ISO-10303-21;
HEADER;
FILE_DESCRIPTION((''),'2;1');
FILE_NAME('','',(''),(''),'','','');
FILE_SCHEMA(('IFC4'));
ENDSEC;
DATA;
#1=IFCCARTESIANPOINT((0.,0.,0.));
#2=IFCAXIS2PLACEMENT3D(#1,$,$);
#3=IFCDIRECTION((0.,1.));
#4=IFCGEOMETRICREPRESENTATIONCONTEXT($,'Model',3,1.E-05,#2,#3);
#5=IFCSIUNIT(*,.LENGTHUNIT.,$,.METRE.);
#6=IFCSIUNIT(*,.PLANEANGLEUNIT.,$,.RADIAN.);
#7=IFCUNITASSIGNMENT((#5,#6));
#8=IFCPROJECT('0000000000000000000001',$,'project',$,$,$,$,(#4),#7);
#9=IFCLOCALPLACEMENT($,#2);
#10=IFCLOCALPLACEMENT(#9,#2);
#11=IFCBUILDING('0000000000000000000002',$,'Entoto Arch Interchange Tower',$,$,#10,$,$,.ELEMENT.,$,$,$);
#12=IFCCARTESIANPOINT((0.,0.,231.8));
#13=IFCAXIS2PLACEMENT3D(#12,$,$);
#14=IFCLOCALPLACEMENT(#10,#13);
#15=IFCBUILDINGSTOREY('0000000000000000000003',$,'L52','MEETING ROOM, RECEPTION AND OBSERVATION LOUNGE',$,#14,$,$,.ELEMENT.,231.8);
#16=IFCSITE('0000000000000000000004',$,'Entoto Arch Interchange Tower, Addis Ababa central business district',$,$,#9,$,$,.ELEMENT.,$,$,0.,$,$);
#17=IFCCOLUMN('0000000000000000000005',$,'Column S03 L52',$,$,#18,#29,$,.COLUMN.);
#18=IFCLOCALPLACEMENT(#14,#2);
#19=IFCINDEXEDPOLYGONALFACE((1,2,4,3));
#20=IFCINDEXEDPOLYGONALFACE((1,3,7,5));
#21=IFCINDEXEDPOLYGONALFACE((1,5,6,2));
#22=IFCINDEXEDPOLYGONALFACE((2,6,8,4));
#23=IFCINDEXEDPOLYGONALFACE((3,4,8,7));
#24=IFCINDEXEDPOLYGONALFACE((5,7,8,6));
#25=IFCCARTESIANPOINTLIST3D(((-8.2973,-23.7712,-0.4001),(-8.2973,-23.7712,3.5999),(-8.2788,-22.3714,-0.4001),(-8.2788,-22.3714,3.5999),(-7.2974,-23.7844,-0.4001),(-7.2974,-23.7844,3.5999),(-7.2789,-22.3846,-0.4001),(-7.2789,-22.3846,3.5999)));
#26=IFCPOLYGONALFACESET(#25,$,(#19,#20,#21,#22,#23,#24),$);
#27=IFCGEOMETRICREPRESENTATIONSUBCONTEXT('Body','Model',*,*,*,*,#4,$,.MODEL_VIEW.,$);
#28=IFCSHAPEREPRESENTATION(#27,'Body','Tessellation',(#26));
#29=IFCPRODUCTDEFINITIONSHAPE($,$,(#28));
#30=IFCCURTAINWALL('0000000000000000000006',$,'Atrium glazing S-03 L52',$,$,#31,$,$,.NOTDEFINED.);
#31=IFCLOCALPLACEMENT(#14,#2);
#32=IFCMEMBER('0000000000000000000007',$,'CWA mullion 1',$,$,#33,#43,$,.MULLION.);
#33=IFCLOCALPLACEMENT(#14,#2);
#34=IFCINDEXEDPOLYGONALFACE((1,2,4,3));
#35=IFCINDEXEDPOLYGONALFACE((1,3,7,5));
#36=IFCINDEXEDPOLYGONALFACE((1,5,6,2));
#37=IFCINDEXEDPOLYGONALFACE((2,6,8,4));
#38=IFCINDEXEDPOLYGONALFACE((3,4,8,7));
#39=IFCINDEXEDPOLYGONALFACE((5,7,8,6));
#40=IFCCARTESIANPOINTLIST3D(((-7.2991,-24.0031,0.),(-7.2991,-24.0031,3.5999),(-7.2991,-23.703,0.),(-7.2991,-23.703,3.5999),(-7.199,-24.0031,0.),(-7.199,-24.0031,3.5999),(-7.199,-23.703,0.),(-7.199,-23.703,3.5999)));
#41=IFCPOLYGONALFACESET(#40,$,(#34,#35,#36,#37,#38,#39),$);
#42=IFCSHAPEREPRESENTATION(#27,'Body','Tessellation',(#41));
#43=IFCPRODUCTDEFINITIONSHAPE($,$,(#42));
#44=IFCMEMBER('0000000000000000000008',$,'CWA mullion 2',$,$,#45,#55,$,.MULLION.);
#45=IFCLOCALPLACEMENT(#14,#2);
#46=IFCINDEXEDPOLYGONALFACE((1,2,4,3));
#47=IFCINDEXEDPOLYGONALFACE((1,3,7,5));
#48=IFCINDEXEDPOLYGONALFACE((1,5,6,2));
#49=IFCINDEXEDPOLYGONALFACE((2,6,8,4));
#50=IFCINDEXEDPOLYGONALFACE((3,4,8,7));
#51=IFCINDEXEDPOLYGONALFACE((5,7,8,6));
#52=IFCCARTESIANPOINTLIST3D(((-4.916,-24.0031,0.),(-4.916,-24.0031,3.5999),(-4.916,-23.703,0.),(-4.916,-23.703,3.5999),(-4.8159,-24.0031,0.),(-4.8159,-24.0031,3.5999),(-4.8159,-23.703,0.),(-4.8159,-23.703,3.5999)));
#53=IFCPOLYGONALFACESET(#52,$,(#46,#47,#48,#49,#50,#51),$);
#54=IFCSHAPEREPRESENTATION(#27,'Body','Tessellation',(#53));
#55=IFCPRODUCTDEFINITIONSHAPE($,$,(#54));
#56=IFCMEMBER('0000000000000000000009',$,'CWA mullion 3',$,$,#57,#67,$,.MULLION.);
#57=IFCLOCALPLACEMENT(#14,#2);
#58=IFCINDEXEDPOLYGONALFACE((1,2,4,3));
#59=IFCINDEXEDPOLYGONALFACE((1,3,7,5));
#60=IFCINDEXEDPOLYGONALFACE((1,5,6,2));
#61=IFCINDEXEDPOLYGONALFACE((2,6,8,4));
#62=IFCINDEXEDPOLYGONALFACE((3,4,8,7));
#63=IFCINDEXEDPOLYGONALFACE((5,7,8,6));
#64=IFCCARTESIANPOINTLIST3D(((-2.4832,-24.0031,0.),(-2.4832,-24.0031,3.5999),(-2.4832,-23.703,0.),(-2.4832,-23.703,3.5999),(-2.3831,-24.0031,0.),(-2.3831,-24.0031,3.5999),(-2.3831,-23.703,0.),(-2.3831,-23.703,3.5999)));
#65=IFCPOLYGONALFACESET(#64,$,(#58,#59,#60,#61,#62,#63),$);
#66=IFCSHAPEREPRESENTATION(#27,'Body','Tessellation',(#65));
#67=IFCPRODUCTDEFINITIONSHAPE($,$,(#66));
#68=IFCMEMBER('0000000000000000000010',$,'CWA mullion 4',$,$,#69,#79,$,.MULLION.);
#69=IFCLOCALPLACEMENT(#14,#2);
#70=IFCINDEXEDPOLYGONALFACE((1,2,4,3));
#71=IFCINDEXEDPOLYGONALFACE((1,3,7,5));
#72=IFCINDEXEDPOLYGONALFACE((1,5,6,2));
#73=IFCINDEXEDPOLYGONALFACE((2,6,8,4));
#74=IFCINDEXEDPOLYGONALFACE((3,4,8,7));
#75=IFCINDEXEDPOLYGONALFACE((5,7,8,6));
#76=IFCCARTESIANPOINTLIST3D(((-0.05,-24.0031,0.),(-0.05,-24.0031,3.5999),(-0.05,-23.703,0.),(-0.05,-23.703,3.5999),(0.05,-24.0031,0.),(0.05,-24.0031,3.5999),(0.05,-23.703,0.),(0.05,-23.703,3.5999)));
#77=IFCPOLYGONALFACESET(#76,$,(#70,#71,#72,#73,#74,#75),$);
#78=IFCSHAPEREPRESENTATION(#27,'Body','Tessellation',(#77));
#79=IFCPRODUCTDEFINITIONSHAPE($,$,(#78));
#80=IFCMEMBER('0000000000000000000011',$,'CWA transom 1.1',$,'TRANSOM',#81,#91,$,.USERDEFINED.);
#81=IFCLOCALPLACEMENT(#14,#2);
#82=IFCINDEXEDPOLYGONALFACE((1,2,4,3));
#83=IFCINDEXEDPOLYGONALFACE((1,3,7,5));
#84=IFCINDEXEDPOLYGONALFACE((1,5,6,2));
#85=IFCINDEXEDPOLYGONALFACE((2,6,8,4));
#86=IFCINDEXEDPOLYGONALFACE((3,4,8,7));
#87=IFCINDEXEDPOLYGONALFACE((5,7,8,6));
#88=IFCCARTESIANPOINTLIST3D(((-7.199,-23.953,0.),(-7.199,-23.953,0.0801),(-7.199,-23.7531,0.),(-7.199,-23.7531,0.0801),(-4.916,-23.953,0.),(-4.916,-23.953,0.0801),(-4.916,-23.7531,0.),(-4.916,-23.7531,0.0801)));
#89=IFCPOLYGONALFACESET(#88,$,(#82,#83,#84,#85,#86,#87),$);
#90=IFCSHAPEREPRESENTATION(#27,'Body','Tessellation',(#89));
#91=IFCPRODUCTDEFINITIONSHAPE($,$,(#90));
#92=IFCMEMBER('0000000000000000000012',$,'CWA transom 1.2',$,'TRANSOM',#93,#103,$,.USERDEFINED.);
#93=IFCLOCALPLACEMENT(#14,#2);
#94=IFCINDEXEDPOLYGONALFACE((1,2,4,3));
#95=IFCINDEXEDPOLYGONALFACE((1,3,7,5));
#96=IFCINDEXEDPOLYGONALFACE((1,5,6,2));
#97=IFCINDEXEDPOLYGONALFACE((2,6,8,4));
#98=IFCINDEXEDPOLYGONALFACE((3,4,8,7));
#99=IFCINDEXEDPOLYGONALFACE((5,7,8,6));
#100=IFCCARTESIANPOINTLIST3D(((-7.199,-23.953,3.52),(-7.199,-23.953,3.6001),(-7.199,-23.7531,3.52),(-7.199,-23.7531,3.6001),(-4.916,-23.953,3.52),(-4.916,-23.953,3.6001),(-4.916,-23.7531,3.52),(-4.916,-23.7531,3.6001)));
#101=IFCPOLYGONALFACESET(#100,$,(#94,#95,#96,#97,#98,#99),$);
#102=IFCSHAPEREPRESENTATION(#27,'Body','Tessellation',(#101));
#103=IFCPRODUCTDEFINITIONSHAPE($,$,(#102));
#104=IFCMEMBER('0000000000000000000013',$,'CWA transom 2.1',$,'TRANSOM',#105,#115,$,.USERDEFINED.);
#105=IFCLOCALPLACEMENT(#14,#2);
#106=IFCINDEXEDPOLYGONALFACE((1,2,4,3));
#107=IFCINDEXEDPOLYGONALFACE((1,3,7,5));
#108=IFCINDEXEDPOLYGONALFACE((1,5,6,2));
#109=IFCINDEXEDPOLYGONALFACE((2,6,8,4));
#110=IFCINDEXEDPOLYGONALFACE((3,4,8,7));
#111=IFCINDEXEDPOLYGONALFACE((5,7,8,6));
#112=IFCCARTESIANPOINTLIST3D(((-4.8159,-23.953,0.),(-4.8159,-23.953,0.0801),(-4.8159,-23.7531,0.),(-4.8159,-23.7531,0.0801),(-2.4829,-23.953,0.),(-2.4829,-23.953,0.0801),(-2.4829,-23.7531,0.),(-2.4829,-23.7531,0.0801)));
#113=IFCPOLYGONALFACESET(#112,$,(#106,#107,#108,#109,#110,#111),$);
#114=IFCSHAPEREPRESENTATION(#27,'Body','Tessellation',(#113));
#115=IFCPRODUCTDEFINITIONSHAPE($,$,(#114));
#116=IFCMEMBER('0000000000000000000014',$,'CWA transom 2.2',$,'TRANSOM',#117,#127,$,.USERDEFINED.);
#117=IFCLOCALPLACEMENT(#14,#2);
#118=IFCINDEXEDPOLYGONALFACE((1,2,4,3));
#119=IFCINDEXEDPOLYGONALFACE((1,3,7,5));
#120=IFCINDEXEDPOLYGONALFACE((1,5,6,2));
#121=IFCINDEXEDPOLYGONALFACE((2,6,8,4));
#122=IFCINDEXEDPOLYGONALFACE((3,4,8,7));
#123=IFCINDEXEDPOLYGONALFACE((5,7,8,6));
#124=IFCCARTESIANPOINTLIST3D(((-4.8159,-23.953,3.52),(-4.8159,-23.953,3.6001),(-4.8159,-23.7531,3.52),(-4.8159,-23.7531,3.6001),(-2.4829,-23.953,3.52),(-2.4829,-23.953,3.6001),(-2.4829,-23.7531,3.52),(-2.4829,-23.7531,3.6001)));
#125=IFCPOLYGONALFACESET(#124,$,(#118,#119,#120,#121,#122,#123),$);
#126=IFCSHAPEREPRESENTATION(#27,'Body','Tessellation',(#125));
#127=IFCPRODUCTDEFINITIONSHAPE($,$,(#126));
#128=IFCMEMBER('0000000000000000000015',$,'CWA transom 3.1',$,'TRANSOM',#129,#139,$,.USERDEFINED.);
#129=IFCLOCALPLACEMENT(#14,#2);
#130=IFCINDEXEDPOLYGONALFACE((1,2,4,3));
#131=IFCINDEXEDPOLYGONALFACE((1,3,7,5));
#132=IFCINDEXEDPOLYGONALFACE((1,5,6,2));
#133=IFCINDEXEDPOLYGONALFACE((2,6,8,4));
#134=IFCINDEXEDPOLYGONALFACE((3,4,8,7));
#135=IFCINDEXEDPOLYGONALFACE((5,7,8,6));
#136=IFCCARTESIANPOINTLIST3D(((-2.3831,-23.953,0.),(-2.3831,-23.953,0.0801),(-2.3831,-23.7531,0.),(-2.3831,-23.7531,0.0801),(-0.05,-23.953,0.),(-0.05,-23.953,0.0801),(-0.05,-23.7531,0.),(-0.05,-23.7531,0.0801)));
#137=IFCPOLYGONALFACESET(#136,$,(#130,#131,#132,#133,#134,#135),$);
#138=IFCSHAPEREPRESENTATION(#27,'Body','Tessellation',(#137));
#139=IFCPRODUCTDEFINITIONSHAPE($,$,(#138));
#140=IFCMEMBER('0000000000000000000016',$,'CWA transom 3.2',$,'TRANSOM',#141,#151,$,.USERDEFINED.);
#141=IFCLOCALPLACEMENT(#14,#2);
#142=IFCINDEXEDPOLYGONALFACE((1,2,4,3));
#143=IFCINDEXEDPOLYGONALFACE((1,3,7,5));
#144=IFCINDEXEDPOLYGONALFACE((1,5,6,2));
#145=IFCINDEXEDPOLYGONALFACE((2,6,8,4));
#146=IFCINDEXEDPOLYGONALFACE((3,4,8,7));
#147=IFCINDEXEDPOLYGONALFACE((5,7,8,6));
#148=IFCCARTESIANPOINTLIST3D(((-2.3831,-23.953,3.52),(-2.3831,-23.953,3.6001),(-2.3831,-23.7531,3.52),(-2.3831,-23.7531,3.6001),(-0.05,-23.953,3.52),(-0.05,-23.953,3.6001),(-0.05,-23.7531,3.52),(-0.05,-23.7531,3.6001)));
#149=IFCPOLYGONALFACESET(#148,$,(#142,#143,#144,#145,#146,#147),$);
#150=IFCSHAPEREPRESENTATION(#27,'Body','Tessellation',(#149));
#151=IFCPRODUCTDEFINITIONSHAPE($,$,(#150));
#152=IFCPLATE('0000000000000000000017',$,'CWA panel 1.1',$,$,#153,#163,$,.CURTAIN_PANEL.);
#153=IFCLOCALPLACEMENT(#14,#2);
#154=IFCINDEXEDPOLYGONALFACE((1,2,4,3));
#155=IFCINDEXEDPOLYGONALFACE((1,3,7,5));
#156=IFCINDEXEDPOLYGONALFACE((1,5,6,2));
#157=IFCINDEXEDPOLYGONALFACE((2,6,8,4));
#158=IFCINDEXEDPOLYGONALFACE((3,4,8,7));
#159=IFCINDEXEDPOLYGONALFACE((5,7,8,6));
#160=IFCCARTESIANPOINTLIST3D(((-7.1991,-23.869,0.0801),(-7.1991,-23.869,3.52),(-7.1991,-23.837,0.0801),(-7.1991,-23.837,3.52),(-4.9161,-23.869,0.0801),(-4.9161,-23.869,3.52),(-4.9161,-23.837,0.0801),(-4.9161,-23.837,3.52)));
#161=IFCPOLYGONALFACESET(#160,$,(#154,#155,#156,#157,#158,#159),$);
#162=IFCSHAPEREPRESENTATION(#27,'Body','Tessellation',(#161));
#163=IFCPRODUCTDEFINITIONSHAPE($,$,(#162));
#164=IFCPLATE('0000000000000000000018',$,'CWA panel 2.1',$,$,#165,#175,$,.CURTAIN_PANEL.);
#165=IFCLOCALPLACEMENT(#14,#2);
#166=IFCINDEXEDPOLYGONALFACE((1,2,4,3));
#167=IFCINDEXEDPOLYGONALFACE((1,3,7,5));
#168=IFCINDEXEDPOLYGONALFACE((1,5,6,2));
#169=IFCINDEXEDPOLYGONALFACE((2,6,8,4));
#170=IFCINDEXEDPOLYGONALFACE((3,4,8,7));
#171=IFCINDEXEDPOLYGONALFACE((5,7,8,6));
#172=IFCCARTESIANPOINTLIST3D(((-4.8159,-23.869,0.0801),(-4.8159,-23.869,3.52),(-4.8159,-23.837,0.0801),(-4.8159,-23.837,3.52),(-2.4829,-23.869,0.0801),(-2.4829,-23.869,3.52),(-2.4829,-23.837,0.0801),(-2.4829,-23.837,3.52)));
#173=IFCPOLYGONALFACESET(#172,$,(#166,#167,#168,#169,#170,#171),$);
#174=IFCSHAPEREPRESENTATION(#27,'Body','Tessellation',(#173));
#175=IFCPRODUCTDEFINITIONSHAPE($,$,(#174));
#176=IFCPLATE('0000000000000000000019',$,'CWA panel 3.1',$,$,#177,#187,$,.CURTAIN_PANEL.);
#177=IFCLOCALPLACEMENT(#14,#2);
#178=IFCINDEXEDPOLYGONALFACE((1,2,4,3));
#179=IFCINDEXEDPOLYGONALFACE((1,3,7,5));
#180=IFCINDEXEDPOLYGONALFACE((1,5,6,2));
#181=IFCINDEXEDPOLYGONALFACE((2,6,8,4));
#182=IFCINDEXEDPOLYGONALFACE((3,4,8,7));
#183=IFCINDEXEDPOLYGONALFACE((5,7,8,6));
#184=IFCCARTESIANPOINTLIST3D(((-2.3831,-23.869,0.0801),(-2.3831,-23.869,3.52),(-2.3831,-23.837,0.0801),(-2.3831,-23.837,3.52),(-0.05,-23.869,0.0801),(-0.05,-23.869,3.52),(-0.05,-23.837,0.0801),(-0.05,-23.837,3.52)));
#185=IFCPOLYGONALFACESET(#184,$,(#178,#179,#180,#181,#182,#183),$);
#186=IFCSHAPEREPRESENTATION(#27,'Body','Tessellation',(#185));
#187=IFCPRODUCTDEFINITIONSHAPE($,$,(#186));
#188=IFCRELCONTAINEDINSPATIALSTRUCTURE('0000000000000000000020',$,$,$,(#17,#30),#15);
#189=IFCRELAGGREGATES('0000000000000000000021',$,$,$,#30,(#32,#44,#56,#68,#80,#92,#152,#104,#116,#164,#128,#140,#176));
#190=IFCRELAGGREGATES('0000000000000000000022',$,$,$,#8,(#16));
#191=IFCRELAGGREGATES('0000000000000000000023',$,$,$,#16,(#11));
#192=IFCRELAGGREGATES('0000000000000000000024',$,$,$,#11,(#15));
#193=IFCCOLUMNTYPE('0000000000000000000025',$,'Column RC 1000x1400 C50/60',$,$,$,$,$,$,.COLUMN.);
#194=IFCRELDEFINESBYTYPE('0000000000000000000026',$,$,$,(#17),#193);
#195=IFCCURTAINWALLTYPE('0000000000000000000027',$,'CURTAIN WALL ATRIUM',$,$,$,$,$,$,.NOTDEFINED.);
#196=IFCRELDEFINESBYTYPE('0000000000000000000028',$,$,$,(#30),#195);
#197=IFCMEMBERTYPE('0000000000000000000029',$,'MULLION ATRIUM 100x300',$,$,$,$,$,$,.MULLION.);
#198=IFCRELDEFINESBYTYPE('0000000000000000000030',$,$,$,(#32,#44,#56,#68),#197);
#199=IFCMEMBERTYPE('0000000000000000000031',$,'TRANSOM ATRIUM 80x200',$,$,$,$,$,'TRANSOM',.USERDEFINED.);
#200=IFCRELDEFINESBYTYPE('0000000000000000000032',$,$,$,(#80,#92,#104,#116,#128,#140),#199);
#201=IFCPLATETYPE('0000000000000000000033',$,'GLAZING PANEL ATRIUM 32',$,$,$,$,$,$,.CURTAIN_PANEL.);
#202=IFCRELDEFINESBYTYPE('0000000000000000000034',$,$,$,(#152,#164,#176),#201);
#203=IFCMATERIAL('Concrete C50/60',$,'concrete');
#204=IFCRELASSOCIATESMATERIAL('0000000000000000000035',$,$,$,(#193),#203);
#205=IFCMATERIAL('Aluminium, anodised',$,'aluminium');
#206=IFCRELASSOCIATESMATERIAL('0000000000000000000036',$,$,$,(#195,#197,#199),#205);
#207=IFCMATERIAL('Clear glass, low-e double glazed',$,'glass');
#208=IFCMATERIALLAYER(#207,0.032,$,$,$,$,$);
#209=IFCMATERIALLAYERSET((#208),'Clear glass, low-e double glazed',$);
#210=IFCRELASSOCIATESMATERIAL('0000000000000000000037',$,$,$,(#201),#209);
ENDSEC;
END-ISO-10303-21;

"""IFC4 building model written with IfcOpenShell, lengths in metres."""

from ifc_helpers import new_model, si_unit, direction, frame, origin, origin_2d, place, context, subcontext, project, spatial, rectangle, extrude, material, layer, layer_set, material_profile, profile_set, type_object, element, aggregate, save


model = new_model("IFC4")

# Units and contexts
model_context = context("Model", 3, precision=1e-05, world=origin(), true_north=direction((0.0, 1.0)))
body_context = subcontext(model_context, "Body", "Model", "MODEL_VIEW")
ifc_project = project(units=[si_unit("LENGTHUNIT", "METRE"), si_unit("PLANEANGLEUNIT", "RADIAN")], contexts=[model_context])

# Site, building, storey
site_placement = place(None, origin())
site = spatial("IfcSite", under=ifc_project, at=site_placement, Name="Entoto Arch Interchange Tower, Addis Ababa central business district", CompositionType="ELEMENT", RefElevation=0.0)
building_placement = place(site_placement, origin())
building = spatial("IfcBuilding", under=site, at=building_placement, Name="Entoto Arch Interchange Tower", CompositionType="ELEMENT")
storey_placement = place(building_placement, frame((0.0, 0.0, 231.8)))
storey = spatial("IfcBuildingStorey", under=building, at=storey_placement, Name="L52", Description="MEETING ROOM, RECEPTION AND OBSERVATION LOUNGE", CompositionType="ELEMENT", Elevation=231.8)

# Column
ifc_material_1 = material(Name="Concrete C50/60", Category="concrete")
ifc_material_profile_1 = material_profile(ifc_material_1, rectangle(XDim=1.0, YDim=1.3999, at=origin_2d()))
ifc_profile_set_1 = profile_set([ifc_material_profile_1], Name="Concrete C50/60")
column_type = type_object("IfcColumnType", Name="Column RC 1000x1400 C50/60", PredefinedType="COLUMN", material=ifc_profile_set_1)
column_placement = place(storey_placement, frame((-7.7881, -23.0779, -0.4001), z_axis=(0.0, 0.0, 1.0), x_axis=(-0.999913, 0.013177, 0.0)))
element("IfcColumn", 1, at=column_placement, inside=storey, type_object=column_type, Name="Column S03 L52", PredefinedType="COLUMN", context=body_context, shape_type="SweptSolid", body=[
    extrude(rectangle(XDim=1.0, YDim=1.3999, at=origin_2d()), origin(), (0.0, 0.0, 1.0), 4.0),
])

# Curtain wall, members, plates
ifc_material_2 = material(Name="Aluminium, anodised", Category="aluminium")
curtain_wall_type = type_object("IfcCurtainWallType", Name="CURTAIN WALL ATRIUM", PredefinedType="NOTDEFINED", material=ifc_material_2)
curtain_wall_placement = place(storey_placement, origin())
curtain_wall = element("IfcCurtainWall", 2, at=curtain_wall_placement, inside=storey, type_object=curtain_wall_type, Name="Atrium glazing S-03 L52", PredefinedType="NOTDEFINED")
ifc_material_profile_2 = material_profile(ifc_material_2, rectangle(XDim=0.3, YDim=0.1001, at=origin_2d()))
ifc_profile_set_2 = profile_set([ifc_material_profile_2], Name="Aluminium, anodised")
member_type_1 = type_object("IfcMemberType", Name="MULLION ATRIUM 100x300", PredefinedType="MULLION", material=ifc_profile_set_2)
member_1_placement = place(storey_placement, frame((-7.249, -23.853, 0.0), z_axis=(0.0, 0.0, 1.0), x_axis=(0.0, 1.0, 0.0)))
member_1 = element("IfcMember", 3, at=member_1_placement, type_object=member_type_1, Name="CWA mullion 1", PredefinedType="MULLION", context=body_context, shape_type="SweptSolid", body=[
    extrude(rectangle(XDim=0.3, YDim=0.1001, at=origin_2d()), origin(), (0.0, 0.0, 1.0), 3.5999),
])
member_2_placement = place(storey_placement, frame((-4.866, -23.853, 0.0), z_axis=(0.0, 0.0, 1.0), x_axis=(0.0, 1.0, 0.0)))
member_2 = element("IfcMember", 4, at=member_2_placement, type_object=member_type_1, Name="CWA mullion 2", PredefinedType="MULLION", context=body_context, shape_type="SweptSolid", body=[
    extrude(rectangle(XDim=0.3, YDim=0.1001, at=origin_2d()), origin(), (0.0, 0.0, 1.0), 3.5999),
])
member_3_placement = place(storey_placement, frame((-2.4331, -23.853, 0.0), z_axis=(0.0, 0.0, 1.0), x_axis=(0.0, 1.0, 0.0)))
member_3 = element("IfcMember", 5, at=member_3_placement, type_object=member_type_1, Name="CWA mullion 3", PredefinedType="MULLION", context=body_context, shape_type="SweptSolid", body=[
    extrude(rectangle(XDim=0.3, YDim=0.1001, at=origin_2d()), origin(), (0.0, 0.0, 1.0), 3.5999),
])
member_4_placement = place(storey_placement, frame((0.0, -23.853, 0.0), z_axis=(0.0, 0.0, 1.0), x_axis=(0.0, 1.0, 0.0)))
member_4 = element("IfcMember", 6, at=member_4_placement, type_object=member_type_1, Name="CWA mullion 4", PredefinedType="MULLION", context=body_context, shape_type="SweptSolid", body=[
    extrude(rectangle(XDim=0.3, YDim=0.1001, at=origin_2d()), origin(), (0.0, 0.0, 1.0), 3.5999),
])
ifc_material_profile_3 = material_profile(ifc_material_2, rectangle(XDim=0.2, YDim=0.0801, at=origin_2d()))
ifc_profile_set_3 = profile_set([ifc_material_profile_3], Name="Aluminium, anodised")
member_type_2 = type_object("IfcMemberType", Name="TRANSOM ATRIUM 80x200", ElementType="TRANSOM", PredefinedType="USERDEFINED", material=ifc_profile_set_3)
member_5_placement = place(storey_placement, frame((-7.199, -23.853, 0.04), z_axis=(1.0, 0.0, 0.0), x_axis=(0.0, 1.0, 0.0)))
member_5 = element("IfcMember", 7, at=member_5_placement, type_object=member_type_2, Name="CWA transom 1.1", ObjectType="TRANSOM", PredefinedType="USERDEFINED", context=body_context, shape_type="SweptSolid", body=[
    extrude(rectangle(XDim=0.2, YDim=0.0801, at=origin_2d()), origin(), (0.0, 0.0, 1.0), 2.283),
])
member_6_placement = place(storey_placement, frame((-7.199, -23.853, 3.5601), z_axis=(1.0, 0.0, 0.0), x_axis=(0.0, 1.0, 0.0)))
member_6 = element("IfcMember", 8, at=member_6_placement, type_object=member_type_2, Name="CWA transom 1.2", ObjectType="TRANSOM", PredefinedType="USERDEFINED", context=body_context, shape_type="SweptSolid", body=[
    extrude(rectangle(XDim=0.2, YDim=0.0801, at=origin_2d()), origin(), (0.0, 0.0, 1.0), 2.283),
])
member_7_placement = place(storey_placement, frame((-4.8159, -23.853, 0.04), z_axis=(1.0, 0.0, 0.0), x_axis=(0.0, 1.0, 0.0)))
member_7 = element("IfcMember", 9, at=member_7_placement, type_object=member_type_2, Name="CWA transom 2.1", ObjectType="TRANSOM", PredefinedType="USERDEFINED", context=body_context, shape_type="SweptSolid", body=[
    extrude(rectangle(XDim=0.2, YDim=0.0801, at=origin_2d()), origin(), (0.0, 0.0, 1.0), 2.333),
])
member_8_placement = place(storey_placement, frame((-4.8159, -23.853, 3.5601), z_axis=(1.0, 0.0, 0.0), x_axis=(0.0, 1.0, 0.0)))
member_8 = element("IfcMember", 10, at=member_8_placement, type_object=member_type_2, Name="CWA transom 2.2", ObjectType="TRANSOM", PredefinedType="USERDEFINED", context=body_context, shape_type="SweptSolid", body=[
    extrude(rectangle(XDim=0.2, YDim=0.0801, at=origin_2d()), origin(), (0.0, 0.0, 1.0), 2.333),
])
member_9_placement = place(storey_placement, frame((-2.3831, -23.853, 0.04), z_axis=(1.0, 0.0, 0.0), x_axis=(0.0, 1.0, 0.0)))
member_9 = element("IfcMember", 11, at=member_9_placement, type_object=member_type_2, Name="CWA transom 3.1", ObjectType="TRANSOM", PredefinedType="USERDEFINED", context=body_context, shape_type="SweptSolid", body=[
    extrude(rectangle(XDim=0.2, YDim=0.0801, at=origin_2d()), origin(), (0.0, 0.0, 1.0), 2.333),
])
member_10_placement = place(storey_placement, frame((-2.3831, -23.853, 3.5601), z_axis=(1.0, 0.0, 0.0), x_axis=(0.0, 1.0, 0.0)))
member_10 = element("IfcMember", 12, at=member_10_placement, type_object=member_type_2, Name="CWA transom 3.2", ObjectType="TRANSOM", PredefinedType="USERDEFINED", context=body_context, shape_type="SweptSolid", body=[
    extrude(rectangle(XDim=0.2, YDim=0.0801, at=origin_2d()), origin(), (0.0, 0.0, 1.0), 2.333),
])
ifc_material_3 = material(Name="Clear glass, low-e double glazed", Category="glass")
ifc_layer_1 = layer(ifc_material_3, 0.032)
ifc_layer_set_1 = layer_set([ifc_layer_1], Name="Clear glass, low-e double glazed")
plate_type = type_object("IfcPlateType", Name="GLAZING PANEL ATRIUM 32", PredefinedType="CURTAIN_PANEL", material=ifc_layer_set_1)
plate_1_placement = place(storey_placement, frame((-6.0576, -23.853, 0.0801), z_axis=(0.0, 0.0, 1.0), x_axis=(1.0, 0.0, 0.0)))
plate_1 = element("IfcPlate", 13, at=plate_1_placement, type_object=plate_type, Name="CWA panel 1.1", PredefinedType="CURTAIN_PANEL", context=body_context, shape_type="SweptSolid", body=[
    extrude(rectangle(XDim=2.283, YDim=0.032, at=origin_2d()), origin(), (0.0, 0.0, 1.0), 3.4399),
])
plate_2_placement = place(storey_placement, frame((-3.6494, -23.853, 0.0801), z_axis=(0.0, 0.0, 1.0), x_axis=(1.0, 0.0, 0.0)))
plate_2 = element("IfcPlate", 14, at=plate_2_placement, type_object=plate_type, Name="CWA panel 2.1", PredefinedType="CURTAIN_PANEL", context=body_context, shape_type="SweptSolid", body=[
    extrude(rectangle(XDim=2.333, YDim=0.032, at=origin_2d()), origin(), (0.0, 0.0, 1.0), 3.4399),
])
plate_3_placement = place(storey_placement, frame((-1.2166, -23.853, 0.0801), z_axis=(0.0, 0.0, 1.0), x_axis=(1.0, 0.0, 0.0)))
plate_3 = element("IfcPlate", 15, at=plate_3_placement, type_object=plate_type, Name="CWA panel 3.1", PredefinedType="CURTAIN_PANEL", context=body_context, shape_type="SweptSolid", body=[
    extrude(rectangle(XDim=2.333, YDim=0.032, at=origin_2d()), origin(), (0.0, 0.0, 1.0), 3.4399),
])
aggregate(curtain_wall, [member_1, member_2, member_3, member_4, member_5, member_6, plate_1, member_7, member_8, plate_2, member_9, member_10, plate_3])

save(model, "model.ifc")
